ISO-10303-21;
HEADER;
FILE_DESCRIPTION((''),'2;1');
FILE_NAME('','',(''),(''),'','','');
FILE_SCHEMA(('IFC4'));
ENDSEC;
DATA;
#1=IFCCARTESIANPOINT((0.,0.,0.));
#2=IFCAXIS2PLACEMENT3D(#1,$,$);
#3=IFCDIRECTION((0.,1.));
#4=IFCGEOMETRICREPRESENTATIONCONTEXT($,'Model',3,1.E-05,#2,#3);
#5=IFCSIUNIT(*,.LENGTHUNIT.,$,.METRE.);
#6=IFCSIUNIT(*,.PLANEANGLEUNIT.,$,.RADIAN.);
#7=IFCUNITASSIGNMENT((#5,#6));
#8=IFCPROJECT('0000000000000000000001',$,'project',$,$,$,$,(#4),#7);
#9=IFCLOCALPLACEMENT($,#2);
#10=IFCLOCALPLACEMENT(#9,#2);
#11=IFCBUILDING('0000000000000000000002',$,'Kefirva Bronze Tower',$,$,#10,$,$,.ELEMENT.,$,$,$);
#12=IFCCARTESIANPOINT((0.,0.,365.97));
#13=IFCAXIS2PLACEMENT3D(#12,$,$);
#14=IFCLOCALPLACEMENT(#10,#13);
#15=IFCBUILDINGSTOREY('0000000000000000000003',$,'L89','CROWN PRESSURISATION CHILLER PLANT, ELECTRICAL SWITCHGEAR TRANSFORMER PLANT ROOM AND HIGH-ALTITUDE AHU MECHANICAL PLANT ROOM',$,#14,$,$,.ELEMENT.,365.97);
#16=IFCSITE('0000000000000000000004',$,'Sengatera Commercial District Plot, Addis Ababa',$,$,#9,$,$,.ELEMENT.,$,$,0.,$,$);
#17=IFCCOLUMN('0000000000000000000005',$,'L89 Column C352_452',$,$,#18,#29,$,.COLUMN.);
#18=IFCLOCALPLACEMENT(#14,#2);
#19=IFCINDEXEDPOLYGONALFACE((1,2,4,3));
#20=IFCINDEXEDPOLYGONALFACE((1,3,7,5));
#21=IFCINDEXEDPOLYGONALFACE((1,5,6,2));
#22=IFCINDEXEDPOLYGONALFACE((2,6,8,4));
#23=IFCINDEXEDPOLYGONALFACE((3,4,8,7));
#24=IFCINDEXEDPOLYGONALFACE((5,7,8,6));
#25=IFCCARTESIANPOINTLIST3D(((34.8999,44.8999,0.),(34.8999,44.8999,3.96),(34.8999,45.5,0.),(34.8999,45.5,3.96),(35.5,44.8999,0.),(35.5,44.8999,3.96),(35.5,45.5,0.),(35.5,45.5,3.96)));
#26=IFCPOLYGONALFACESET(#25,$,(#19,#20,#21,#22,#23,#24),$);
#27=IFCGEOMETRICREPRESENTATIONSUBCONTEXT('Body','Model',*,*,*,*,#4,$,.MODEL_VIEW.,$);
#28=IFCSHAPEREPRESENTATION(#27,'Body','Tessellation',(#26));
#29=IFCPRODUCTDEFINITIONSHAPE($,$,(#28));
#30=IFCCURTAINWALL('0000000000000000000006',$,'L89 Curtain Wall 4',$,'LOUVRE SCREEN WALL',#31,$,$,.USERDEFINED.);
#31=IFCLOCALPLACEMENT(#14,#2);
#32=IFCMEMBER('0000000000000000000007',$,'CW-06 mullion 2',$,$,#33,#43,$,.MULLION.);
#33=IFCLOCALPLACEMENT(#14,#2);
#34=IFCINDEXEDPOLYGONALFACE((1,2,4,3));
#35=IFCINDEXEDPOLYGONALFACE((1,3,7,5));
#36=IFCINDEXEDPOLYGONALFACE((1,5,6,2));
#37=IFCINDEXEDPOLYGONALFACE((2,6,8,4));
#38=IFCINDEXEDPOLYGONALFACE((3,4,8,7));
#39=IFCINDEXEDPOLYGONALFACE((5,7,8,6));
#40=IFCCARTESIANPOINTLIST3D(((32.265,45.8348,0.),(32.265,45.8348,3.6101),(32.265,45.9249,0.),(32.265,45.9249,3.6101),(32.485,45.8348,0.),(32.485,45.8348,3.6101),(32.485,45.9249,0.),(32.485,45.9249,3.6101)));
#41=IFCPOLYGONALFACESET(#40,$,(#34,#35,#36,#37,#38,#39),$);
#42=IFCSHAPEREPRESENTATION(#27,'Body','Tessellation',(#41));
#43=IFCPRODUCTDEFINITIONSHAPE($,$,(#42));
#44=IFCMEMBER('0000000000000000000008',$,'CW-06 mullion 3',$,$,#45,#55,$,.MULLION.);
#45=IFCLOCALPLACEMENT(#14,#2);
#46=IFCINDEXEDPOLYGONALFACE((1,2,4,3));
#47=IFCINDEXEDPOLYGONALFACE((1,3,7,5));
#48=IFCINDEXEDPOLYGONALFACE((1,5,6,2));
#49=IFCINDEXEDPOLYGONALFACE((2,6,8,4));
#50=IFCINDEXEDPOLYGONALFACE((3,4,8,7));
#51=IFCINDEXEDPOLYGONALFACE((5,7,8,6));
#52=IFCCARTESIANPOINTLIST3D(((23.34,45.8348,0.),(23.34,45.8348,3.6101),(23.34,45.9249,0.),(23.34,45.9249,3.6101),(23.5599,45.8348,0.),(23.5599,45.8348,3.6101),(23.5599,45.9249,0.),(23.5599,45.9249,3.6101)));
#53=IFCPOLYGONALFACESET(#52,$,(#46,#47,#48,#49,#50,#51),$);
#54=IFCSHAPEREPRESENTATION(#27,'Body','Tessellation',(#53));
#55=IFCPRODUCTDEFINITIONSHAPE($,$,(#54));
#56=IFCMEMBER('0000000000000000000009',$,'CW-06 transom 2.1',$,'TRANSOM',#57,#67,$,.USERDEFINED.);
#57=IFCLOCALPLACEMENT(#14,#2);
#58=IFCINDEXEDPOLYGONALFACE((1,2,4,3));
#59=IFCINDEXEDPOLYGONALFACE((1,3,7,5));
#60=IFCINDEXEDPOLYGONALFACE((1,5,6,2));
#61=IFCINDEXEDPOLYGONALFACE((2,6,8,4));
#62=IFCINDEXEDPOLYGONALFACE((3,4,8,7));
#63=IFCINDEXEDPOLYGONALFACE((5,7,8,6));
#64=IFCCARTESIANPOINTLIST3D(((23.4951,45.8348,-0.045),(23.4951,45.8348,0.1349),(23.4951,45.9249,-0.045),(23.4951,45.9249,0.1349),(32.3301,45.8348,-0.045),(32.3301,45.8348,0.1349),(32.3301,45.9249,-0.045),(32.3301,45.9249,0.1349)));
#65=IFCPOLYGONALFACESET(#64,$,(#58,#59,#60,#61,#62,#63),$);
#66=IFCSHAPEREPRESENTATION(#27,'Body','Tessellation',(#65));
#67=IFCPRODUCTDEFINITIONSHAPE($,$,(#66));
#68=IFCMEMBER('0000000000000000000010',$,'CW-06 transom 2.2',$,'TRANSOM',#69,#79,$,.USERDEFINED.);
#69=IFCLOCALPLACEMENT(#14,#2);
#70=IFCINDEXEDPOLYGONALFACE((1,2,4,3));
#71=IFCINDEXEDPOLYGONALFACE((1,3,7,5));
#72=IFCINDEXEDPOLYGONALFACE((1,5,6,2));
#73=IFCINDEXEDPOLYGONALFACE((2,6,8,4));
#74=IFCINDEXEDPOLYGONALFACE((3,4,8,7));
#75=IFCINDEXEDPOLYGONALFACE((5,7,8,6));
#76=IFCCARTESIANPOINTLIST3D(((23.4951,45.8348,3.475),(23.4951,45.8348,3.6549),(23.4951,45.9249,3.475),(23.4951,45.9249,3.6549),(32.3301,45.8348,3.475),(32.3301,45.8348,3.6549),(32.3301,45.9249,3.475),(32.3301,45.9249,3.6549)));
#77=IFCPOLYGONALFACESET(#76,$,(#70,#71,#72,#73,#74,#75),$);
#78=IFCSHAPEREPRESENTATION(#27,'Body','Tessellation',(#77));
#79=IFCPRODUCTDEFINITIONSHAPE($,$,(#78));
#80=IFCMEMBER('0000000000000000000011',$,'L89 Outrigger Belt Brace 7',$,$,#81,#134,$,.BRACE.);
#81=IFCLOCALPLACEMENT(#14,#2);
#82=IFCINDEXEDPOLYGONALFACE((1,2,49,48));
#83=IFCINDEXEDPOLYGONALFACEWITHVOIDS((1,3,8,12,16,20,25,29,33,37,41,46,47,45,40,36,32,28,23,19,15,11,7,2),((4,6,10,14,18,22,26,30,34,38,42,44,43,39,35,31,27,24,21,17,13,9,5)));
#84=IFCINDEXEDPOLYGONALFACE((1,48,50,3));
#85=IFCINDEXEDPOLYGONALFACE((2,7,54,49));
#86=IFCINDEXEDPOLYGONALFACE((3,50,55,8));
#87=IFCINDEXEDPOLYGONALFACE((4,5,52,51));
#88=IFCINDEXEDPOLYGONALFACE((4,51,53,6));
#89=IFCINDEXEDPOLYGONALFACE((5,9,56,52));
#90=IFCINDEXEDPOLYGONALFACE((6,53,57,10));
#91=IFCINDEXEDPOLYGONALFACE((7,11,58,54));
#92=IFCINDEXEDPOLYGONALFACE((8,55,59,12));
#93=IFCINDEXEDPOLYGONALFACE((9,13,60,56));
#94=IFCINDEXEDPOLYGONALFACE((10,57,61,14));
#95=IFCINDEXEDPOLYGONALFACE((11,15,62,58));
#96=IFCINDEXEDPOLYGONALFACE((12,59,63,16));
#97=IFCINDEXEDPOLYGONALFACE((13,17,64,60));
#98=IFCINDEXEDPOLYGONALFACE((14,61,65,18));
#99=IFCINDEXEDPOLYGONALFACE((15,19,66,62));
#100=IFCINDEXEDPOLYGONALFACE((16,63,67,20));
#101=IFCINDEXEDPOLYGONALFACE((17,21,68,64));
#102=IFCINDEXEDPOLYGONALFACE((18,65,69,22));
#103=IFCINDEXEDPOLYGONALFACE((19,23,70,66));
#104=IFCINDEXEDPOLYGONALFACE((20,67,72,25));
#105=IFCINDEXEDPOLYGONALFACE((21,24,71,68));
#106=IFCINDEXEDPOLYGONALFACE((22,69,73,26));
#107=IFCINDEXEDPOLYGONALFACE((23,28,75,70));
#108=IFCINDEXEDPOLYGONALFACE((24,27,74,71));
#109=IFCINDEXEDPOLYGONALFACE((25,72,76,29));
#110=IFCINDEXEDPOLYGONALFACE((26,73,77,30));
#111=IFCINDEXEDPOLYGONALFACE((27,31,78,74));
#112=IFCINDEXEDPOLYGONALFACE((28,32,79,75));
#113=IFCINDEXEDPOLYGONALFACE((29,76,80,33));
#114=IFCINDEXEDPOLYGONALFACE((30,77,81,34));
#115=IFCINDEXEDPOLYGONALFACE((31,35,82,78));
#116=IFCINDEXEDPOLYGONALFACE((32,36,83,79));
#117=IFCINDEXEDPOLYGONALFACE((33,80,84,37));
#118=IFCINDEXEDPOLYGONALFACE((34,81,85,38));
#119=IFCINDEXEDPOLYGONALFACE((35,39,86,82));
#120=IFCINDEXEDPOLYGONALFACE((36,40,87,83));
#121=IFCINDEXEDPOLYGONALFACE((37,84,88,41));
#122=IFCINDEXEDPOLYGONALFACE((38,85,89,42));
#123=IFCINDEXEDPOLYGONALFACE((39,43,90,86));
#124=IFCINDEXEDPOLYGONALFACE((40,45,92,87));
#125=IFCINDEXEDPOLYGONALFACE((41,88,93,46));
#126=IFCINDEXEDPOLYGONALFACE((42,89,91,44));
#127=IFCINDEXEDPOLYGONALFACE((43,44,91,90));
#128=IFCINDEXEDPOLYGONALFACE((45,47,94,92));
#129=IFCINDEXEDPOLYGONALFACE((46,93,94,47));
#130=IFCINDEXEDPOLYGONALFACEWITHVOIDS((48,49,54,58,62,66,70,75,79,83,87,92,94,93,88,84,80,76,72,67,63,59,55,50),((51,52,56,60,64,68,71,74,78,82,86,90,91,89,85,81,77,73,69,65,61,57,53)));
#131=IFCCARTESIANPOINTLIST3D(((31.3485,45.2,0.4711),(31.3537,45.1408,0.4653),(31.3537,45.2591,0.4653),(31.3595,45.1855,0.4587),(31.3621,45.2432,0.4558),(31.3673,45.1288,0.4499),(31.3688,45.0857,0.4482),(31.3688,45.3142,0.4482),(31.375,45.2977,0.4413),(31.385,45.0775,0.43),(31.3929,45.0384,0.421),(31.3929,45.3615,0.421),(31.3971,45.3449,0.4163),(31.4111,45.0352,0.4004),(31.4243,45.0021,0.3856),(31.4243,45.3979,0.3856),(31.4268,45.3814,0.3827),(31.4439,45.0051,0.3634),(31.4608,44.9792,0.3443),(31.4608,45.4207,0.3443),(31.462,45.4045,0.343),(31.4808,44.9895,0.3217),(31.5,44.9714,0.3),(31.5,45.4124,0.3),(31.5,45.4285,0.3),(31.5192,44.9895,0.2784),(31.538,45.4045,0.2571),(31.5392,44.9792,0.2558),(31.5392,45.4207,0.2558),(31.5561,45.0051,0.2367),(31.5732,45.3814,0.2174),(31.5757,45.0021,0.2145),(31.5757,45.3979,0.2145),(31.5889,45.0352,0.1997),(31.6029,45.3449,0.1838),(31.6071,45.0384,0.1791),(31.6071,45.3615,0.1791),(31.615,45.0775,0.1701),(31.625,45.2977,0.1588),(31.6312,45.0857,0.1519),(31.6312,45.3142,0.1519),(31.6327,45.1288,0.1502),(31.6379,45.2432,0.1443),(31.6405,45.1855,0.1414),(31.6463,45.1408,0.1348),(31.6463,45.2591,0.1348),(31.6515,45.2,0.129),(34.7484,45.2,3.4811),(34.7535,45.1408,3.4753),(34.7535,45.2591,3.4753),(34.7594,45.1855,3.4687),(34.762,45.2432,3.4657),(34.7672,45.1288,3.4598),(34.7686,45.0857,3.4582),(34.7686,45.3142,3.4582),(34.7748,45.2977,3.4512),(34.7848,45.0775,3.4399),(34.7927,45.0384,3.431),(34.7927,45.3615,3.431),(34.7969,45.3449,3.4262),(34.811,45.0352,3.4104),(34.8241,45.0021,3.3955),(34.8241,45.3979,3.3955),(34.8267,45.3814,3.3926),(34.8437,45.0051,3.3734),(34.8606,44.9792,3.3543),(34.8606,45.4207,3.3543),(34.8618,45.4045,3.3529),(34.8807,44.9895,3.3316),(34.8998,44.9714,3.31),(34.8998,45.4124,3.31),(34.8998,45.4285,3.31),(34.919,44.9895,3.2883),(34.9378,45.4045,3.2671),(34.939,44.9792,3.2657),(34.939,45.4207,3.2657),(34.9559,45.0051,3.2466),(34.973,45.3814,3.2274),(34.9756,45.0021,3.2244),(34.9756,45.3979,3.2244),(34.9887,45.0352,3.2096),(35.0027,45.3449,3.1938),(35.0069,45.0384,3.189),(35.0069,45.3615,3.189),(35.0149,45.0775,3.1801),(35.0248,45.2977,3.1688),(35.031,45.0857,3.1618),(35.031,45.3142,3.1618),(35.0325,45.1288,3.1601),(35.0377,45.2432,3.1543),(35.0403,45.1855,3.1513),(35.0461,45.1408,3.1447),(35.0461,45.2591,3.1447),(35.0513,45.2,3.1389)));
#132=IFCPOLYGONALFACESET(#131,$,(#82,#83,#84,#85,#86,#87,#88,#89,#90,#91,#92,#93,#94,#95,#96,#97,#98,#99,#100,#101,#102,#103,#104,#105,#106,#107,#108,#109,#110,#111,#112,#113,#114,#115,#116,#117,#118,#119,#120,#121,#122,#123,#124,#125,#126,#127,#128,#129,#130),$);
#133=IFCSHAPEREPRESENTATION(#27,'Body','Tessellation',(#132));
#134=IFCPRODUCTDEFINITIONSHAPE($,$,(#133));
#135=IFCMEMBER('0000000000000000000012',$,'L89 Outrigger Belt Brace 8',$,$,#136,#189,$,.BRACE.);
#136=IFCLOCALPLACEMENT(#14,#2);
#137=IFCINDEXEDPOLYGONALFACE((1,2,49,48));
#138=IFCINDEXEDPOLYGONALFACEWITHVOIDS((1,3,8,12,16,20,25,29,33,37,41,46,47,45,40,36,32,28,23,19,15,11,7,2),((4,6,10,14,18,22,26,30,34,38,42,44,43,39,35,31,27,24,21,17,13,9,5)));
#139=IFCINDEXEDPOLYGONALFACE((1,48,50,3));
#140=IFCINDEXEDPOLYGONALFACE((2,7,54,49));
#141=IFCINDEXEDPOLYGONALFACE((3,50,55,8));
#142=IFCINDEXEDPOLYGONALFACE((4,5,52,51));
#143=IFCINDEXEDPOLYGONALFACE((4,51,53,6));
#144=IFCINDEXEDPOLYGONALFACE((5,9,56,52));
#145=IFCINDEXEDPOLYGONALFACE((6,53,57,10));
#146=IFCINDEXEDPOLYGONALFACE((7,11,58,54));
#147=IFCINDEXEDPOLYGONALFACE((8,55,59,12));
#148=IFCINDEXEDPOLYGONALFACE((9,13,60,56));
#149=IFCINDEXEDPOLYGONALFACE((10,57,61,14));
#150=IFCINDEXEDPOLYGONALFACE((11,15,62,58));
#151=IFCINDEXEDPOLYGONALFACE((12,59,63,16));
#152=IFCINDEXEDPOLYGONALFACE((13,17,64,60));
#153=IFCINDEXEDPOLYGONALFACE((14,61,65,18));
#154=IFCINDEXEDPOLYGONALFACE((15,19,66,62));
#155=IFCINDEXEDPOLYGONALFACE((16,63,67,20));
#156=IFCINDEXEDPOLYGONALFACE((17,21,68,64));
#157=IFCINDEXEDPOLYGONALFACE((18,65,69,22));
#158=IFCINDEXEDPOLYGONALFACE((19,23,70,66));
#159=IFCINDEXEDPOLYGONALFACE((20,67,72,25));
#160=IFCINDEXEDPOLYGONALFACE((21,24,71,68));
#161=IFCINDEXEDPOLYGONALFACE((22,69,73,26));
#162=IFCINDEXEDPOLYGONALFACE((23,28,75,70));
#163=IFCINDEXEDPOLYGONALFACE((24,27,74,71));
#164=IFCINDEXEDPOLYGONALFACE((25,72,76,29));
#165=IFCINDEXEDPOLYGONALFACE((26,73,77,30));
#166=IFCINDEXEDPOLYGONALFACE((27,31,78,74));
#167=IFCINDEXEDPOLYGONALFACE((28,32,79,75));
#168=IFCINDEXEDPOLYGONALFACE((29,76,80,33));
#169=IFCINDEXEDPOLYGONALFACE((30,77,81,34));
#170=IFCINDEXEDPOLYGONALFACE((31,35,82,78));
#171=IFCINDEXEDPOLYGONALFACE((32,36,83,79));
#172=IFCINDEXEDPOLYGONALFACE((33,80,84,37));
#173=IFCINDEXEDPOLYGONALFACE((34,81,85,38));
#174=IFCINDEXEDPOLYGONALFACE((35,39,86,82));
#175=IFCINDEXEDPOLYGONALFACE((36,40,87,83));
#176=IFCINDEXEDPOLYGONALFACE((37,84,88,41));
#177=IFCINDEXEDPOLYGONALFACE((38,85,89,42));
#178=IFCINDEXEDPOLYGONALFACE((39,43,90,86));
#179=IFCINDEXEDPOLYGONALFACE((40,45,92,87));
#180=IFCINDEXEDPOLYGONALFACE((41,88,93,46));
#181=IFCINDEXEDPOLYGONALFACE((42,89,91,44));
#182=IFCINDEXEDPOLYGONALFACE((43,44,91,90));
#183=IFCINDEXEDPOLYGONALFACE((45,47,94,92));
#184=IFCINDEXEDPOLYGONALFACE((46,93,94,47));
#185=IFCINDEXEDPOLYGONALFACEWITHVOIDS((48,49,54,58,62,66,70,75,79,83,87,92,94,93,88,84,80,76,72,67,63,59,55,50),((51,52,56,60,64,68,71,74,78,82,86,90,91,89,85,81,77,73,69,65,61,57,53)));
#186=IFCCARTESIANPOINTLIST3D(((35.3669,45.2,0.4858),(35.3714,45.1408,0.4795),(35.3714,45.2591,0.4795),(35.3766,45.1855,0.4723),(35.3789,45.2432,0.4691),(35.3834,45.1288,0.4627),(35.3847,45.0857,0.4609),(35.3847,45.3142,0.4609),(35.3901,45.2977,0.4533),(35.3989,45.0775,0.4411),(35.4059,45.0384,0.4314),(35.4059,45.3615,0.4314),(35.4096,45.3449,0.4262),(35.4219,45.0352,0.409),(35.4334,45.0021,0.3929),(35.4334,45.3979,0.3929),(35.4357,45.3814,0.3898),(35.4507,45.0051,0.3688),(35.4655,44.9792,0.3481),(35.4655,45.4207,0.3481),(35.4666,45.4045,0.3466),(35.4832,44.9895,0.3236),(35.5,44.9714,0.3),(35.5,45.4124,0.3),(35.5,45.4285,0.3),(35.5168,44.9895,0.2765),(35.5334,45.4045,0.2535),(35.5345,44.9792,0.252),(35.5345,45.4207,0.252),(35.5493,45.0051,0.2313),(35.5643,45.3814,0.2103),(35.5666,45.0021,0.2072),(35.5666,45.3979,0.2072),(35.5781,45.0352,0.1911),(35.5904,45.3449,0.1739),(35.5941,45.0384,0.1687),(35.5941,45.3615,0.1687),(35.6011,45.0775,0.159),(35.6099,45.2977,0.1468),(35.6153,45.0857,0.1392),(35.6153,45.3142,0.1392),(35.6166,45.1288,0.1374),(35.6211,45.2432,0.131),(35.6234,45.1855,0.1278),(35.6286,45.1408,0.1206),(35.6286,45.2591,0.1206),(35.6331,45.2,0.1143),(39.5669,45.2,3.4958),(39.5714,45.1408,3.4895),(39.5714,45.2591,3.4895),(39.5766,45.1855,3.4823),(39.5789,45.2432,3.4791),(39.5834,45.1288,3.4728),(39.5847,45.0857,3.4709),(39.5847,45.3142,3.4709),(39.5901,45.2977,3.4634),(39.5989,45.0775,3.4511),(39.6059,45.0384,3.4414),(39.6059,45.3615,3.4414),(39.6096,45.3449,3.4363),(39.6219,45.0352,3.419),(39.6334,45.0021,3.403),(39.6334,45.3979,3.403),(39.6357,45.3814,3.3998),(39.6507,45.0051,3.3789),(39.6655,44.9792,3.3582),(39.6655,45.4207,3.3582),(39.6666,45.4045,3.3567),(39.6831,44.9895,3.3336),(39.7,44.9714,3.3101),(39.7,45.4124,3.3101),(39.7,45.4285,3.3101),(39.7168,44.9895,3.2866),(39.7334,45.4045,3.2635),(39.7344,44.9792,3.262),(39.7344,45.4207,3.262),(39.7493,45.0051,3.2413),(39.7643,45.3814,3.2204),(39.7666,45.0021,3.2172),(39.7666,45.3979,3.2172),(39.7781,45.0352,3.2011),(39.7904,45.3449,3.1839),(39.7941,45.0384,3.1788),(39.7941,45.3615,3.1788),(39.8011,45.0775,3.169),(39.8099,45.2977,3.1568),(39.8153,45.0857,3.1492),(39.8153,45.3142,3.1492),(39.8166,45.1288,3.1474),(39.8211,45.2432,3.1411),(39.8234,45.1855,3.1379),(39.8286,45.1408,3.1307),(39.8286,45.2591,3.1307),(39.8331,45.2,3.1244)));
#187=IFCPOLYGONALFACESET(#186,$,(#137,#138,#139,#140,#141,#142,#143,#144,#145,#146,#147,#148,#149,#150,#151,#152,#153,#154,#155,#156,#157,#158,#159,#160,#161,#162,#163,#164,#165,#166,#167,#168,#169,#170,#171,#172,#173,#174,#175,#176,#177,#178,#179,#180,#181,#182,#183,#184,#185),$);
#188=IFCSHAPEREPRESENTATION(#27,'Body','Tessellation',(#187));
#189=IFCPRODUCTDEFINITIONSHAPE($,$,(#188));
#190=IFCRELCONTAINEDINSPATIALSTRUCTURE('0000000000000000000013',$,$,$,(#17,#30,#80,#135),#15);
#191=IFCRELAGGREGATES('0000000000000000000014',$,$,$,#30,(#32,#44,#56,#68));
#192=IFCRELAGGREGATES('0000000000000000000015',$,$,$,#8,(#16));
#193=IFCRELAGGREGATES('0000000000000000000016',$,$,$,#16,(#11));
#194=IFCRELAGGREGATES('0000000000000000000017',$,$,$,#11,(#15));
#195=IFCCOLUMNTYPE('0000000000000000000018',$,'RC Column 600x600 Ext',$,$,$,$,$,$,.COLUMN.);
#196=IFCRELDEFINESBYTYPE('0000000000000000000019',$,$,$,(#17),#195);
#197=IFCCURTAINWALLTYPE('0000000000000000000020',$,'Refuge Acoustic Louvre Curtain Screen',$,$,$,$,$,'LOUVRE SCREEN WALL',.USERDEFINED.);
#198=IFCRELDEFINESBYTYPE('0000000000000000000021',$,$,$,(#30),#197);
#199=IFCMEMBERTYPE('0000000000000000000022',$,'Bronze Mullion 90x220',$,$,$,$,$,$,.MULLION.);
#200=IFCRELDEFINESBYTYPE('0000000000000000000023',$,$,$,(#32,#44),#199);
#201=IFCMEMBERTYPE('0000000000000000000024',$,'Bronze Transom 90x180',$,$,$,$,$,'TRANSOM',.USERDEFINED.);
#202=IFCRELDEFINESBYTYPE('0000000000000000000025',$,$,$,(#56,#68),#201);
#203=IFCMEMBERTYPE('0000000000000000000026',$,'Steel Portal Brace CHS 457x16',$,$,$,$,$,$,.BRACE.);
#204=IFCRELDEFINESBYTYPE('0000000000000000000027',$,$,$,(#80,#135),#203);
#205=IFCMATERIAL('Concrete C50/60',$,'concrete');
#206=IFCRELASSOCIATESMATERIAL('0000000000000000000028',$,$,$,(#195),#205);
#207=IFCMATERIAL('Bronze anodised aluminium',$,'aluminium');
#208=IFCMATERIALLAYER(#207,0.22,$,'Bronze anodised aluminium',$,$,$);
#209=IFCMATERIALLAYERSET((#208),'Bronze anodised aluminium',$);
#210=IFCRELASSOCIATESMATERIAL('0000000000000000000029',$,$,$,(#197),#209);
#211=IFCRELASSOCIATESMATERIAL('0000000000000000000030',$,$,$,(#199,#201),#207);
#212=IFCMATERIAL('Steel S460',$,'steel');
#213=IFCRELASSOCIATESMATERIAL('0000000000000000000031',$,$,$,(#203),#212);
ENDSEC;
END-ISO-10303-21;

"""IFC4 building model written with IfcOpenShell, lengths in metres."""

from ifc_helpers import new_model, si_unit, direction, frame, origin, origin_2d, place, context, subcontext, project, spatial, rectangle, hollow_circle, extrude, material, layer, layer_set, material_profile, profile_set, type_object, element, aggregate, save


model = new_model("IFC4")

# Units and contexts
model_context = context("Model", 3, precision=1e-05, world=origin(), true_north=direction((0.0, 1.0)))
body_context = subcontext(model_context, "Body", "Model", "MODEL_VIEW")
ifc_project = project(units=[si_unit("LENGTHUNIT", "METRE"), si_unit("PLANEANGLEUNIT", "RADIAN")], contexts=[model_context])

# Site, building, storey
site_placement = place(None, origin())
site = spatial("IfcSite", under=ifc_project, at=site_placement, Name="Sengatera Commercial District Plot, Addis Ababa", CompositionType="ELEMENT", RefElevation=0.0)
building_placement = place(site_placement, origin())
building = spatial("IfcBuilding", under=site, at=building_placement, Name="Kefirva Bronze Tower", CompositionType="ELEMENT")
storey_placement = place(building_placement, frame((0.0, 0.0, 365.97)))
storey = spatial("IfcBuildingStorey", under=building, at=storey_placement, Name="L89", Description="CROWN PRESSURISATION CHILLER PLANT, ELECTRICAL SWITCHGEAR TRANSFORMER PLANT ROOM AND HIGH-ALTITUDE AHU MECHANICAL PLANT ROOM", CompositionType="ELEMENT", Elevation=365.97)

# Column
ifc_material_1 = material(Name="Concrete C50/60", Category="concrete")
ifc_material_profile_1 = material_profile(ifc_material_1, rectangle(XDim=0.6001, YDim=0.6001, at=origin_2d()), Name="RC 600x600")
ifc_profile_set_1 = profile_set([ifc_material_profile_1], Name="Concrete C50/60")
column_type = type_object("IfcColumnType", Name="RC Column 600x600 Ext", PredefinedType="COLUMN", material=ifc_profile_set_1)
column_placement = place(storey_placement, frame((35.2, 45.2, 0.0), z_axis=(0.0, 0.0, 1.0), x_axis=(1.0, 0.0, 0.0)))
element("IfcColumn", 1, at=column_placement, inside=storey, type_object=column_type, Name="L89 Column C352_452", PredefinedType="COLUMN", context=body_context, shape_type="SweptSolid", body=[
    extrude(rectangle(XDim=0.6001, YDim=0.6001, at=origin_2d()), origin(), (0.0, 0.0, 1.0), 3.96),
])

# Curtain wall, members
ifc_material_2 = material(Name="Bronze anodised aluminium", Category="aluminium")
ifc_layer_1 = layer(ifc_material_2, 0.22, Name="Bronze anodised aluminium")
ifc_layer_set_1 = layer_set([ifc_layer_1], Name="Bronze anodised aluminium")
curtain_wall_type = type_object("IfcCurtainWallType", Name="Refuge Acoustic Louvre Curtain Screen", ElementType="LOUVRE SCREEN WALL", PredefinedType="USERDEFINED", material=ifc_layer_set_1)
curtain_wall_placement = place(storey_placement, origin())
curtain_wall = element("IfcCurtainWall", 2, at=curtain_wall_placement, inside=storey, type_object=curtain_wall_type, Name="L89 Curtain Wall 4", ObjectType="LOUVRE SCREEN WALL", PredefinedType="USERDEFINED")
ifc_material_profile_2 = material_profile(ifc_material_2, rectangle(XDim=0.0901, YDim=0.22, at=origin_2d()), Name="ALU 90x220")
ifc_profile_set_2 = profile_set([ifc_material_profile_2], Name="Bronze anodised aluminium")
member_type_1 = type_object("IfcMemberType", Name="Bronze Mullion 90x220", PredefinedType="MULLION", material=ifc_profile_set_2)
member_1_placement = place(storey_placement, frame((32.375, 45.8799, 0.0), z_axis=(0.0, 0.0, 1.0), x_axis=(0.0, -1.0, 0.0)))
member_1 = element("IfcMember", 3, at=member_1_placement, type_object=member_type_1, Name="CW-06 mullion 2", PredefinedType="MULLION", context=body_context, shape_type="SweptSolid", body=[
    extrude(rectangle(XDim=0.0901, YDim=0.22, at=origin_2d()), origin(), (0.0, 0.0, 1.0), 3.6101),
])
member_2_placement = place(storey_placement, frame((23.45, 45.8799, 0.0), z_axis=(0.0, 0.0, 1.0), x_axis=(0.0, -1.0, 0.0)))
member_2 = element("IfcMember", 4, at=member_2_placement, type_object=member_type_1, Name="CW-06 mullion 3", PredefinedType="MULLION", context=body_context, shape_type="SweptSolid", body=[
    extrude(rectangle(XDim=0.0901, YDim=0.22, at=origin_2d()), origin(), (0.0, 0.0, 1.0), 3.6101),
])
ifc_material_profile_3 = material_profile(ifc_material_2, rectangle(XDim=0.0901, YDim=0.1799, at=origin_2d()), Name="ALU 90x180")
ifc_profile_set_3 = profile_set([ifc_material_profile_3], Name="Bronze anodised aluminium")
member_type_2 = type_object("IfcMemberType", Name="Bronze Transom 90x180", ElementType="TRANSOM", PredefinedType="USERDEFINED", material=ifc_profile_set_3)
member_3_placement = place(storey_placement, frame((32.3301, 45.8799, 0.0449), z_axis=(-1.0, 0.0, 0.0), x_axis=(0.0, -1.0, 0.0)))
member_3 = element("IfcMember", 5, at=member_3_placement, type_object=member_type_2, Name="CW-06 transom 2.1", ObjectType="TRANSOM", PredefinedType="USERDEFINED", context=body_context, shape_type="SweptSolid", body=[
    extrude(rectangle(XDim=0.0901, YDim=0.1799, at=origin_2d()), origin(), (0.0, 0.0, 1.0), 8.835),
])
member_4_placement = place(storey_placement, frame((32.3301, 45.8799, 3.5649), z_axis=(-1.0, 0.0, 0.0), x_axis=(0.0, -1.0, 0.0)))
member_4 = element("IfcMember", 6, at=member_4_placement, type_object=member_type_2, Name="CW-06 transom 2.2", ObjectType="TRANSOM", PredefinedType="USERDEFINED", context=body_context, shape_type="SweptSolid", body=[
    extrude(rectangle(XDim=0.0901, YDim=0.1799, at=origin_2d()), origin(), (0.0, 0.0, 1.0), 8.835),
])

# Members
ifc_material_3 = material(Name="Steel S460", Category="steel")
ifc_material_profile_4 = material_profile(ifc_material_3, hollow_circle(Radius=0.2285, WallThickness=0.0161, at=origin_2d()), Name="CHS 457x16")
ifc_profile_set_4 = profile_set([ifc_material_profile_4], Name="Steel S460")
member_type_3 = type_object("IfcMemberType", Name="Steel Portal Brace CHS 457x16", PredefinedType="BRACE", material=ifc_profile_set_4)
member_5_placement = place(storey_placement, frame((31.5, 45.2, 0.3), z_axis=(0.748734, 0.0, 0.662871), x_axis=(0.0, 1.0, 0.0)))
element("IfcMember", 7, at=member_5_placement, inside=storey, type_object=member_type_3, Name="L89 Outrigger Belt Brace 7", PredefinedType="BRACE", context=body_context, shape_type="SweptSolid", body=[
    extrude(hollow_circle(Radius=0.2285, WallThickness=0.0161, at=origin_2d()), origin(), (0.0, 0.0, 1.0), 4.5408),
])
member_6_placement = place(storey_placement, frame((35.5, 45.2, 0.3), z_axis=(0.812813, 0.0, 0.582525), x_axis=(0.0, 1.0, 0.0)))
element("IfcMember", 8, at=member_6_placement, inside=storey, type_object=member_type_3, Name="L89 Outrigger Belt Brace 8", PredefinedType="BRACE", context=body_context, shape_type="SweptSolid", body=[
    extrude(hollow_circle(Radius=0.2285, WallThickness=0.0161, at=origin_2d()), origin(), (0.0, 0.0, 1.0), 5.1672),
])

aggregate(curtain_wall, [member_1, member_2, member_3, member_4])

save(model, "model.ifc")
